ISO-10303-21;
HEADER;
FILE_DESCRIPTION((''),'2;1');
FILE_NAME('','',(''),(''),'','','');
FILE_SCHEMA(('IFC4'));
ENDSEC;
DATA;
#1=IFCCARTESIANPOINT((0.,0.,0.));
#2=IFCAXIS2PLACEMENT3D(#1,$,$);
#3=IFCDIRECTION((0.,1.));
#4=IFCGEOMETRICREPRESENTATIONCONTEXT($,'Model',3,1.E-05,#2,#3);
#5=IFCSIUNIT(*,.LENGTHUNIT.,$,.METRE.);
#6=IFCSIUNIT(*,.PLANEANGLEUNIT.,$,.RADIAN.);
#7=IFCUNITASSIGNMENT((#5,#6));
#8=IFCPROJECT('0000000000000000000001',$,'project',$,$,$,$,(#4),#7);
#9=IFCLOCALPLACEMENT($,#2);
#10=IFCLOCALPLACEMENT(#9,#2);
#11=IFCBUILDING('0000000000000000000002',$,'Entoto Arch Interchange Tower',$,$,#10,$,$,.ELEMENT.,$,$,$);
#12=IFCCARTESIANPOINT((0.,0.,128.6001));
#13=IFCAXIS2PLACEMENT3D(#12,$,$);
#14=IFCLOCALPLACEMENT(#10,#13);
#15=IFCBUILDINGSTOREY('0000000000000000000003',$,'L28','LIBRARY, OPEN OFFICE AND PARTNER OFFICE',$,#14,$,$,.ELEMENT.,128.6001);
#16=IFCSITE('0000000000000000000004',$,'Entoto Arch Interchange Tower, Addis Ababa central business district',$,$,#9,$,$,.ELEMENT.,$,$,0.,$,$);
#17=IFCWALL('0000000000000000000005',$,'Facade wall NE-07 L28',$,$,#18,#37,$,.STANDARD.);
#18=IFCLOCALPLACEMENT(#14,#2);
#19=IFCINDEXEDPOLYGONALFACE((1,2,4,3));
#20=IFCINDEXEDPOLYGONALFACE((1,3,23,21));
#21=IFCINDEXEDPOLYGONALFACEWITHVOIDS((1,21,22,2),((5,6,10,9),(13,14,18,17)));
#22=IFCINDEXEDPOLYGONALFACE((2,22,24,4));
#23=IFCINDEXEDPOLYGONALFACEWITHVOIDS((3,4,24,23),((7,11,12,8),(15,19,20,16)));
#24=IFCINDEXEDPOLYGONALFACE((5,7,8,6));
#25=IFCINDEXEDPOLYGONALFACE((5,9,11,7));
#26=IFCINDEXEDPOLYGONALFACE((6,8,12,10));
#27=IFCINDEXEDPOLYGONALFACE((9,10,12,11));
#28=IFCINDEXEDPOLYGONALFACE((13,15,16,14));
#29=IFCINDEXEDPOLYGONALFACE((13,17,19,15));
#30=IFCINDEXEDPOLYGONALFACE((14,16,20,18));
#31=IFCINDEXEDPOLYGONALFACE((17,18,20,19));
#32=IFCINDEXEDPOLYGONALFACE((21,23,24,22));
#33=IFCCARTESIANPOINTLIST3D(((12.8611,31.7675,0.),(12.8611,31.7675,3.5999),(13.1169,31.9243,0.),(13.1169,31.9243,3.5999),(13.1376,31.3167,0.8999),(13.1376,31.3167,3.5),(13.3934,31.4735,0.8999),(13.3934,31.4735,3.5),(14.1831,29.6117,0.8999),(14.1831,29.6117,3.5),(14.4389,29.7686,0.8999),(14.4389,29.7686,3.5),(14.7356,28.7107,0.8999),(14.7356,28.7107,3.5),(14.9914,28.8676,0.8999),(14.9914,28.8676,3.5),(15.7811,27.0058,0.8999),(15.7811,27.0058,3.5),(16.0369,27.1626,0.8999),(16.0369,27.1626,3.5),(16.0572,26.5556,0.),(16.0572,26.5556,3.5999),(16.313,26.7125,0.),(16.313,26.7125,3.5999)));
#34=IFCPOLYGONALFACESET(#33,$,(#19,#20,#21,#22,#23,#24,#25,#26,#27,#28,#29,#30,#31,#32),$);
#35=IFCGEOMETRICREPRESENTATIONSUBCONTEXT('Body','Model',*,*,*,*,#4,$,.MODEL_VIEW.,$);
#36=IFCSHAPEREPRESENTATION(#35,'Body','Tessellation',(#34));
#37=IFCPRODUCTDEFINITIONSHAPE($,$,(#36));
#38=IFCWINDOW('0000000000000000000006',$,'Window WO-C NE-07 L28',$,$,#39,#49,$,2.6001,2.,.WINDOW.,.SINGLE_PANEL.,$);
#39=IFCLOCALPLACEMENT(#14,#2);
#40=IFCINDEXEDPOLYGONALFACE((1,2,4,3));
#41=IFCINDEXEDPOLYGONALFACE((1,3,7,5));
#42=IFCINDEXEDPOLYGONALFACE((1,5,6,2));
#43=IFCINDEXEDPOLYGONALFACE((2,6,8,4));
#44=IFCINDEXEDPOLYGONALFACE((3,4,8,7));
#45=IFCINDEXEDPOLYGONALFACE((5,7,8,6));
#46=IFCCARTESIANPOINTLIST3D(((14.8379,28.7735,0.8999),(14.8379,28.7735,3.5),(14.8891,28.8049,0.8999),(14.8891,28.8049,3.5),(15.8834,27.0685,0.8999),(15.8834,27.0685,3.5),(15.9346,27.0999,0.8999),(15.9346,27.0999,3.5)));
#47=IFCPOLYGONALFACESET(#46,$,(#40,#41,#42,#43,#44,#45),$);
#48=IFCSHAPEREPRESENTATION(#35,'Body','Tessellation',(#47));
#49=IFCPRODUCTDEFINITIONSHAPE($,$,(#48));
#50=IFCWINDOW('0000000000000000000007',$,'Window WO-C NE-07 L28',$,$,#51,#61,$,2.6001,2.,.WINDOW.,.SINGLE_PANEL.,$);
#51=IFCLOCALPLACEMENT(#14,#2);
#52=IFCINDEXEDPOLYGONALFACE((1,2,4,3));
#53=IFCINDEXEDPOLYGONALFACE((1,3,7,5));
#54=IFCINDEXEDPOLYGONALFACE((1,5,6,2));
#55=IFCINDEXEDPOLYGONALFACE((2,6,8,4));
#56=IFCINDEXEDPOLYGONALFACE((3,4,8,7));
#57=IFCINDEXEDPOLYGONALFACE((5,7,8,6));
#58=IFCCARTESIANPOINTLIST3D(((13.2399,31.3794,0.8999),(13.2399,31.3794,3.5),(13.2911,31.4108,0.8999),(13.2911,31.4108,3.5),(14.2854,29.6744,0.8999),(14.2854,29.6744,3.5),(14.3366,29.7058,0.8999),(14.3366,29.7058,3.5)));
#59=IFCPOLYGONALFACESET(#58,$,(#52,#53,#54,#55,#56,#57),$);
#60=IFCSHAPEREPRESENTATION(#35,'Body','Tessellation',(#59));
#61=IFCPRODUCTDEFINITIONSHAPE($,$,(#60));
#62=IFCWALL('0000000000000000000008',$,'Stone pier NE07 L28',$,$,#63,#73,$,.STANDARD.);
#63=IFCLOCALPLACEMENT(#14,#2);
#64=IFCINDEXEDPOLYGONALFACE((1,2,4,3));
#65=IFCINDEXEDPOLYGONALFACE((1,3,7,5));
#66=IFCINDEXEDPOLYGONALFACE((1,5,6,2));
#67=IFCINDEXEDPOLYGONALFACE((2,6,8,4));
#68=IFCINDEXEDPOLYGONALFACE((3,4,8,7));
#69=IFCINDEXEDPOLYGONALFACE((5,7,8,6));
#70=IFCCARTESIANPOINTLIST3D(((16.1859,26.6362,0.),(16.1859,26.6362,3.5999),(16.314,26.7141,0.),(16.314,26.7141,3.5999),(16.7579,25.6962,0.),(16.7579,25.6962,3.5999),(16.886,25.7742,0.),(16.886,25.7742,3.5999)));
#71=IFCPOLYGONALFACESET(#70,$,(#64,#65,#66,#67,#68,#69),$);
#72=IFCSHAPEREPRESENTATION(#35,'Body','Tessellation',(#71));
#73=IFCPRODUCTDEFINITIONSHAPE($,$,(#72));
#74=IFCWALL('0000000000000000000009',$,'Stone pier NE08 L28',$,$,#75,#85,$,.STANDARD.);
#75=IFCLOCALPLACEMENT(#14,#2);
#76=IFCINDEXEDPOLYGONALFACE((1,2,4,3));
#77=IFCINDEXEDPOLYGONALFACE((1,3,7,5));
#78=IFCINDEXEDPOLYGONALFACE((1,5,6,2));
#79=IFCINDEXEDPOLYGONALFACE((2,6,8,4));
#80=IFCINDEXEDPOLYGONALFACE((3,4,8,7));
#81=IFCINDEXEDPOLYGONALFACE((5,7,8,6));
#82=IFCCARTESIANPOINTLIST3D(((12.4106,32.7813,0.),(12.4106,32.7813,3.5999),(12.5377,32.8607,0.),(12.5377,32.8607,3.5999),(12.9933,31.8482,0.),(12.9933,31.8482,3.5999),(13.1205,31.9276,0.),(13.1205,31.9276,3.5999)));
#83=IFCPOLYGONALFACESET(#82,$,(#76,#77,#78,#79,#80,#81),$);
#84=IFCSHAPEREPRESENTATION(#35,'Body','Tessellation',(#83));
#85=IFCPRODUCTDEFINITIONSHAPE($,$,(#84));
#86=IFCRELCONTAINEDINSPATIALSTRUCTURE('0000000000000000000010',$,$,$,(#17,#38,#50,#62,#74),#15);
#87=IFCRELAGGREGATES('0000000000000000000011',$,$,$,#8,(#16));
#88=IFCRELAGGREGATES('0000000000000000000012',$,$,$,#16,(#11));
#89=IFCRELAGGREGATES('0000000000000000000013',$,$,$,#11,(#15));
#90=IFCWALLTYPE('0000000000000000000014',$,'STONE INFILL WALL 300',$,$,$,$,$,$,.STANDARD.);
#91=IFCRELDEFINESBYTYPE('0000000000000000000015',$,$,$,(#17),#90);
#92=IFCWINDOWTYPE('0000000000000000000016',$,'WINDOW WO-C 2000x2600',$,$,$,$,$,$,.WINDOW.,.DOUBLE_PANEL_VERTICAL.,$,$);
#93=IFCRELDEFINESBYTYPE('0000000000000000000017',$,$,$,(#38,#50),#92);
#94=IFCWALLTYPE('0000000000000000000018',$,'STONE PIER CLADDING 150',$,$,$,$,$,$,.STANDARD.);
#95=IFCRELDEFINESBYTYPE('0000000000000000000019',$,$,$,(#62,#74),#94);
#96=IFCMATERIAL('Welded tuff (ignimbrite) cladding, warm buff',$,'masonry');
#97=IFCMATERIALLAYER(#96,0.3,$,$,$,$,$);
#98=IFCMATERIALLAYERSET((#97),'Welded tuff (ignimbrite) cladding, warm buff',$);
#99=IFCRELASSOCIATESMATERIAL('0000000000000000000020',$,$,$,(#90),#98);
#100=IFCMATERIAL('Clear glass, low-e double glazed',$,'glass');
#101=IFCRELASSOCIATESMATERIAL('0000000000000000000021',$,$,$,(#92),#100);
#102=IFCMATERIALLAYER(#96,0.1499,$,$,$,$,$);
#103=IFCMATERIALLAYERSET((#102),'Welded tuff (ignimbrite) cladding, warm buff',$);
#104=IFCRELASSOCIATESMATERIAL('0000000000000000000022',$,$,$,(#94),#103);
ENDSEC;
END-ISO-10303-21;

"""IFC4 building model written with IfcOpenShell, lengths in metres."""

from ifc_helpers import new_model, si_unit, direction, frame, frame_2d, origin, place, context, subcontext, project, spatial, rectangle, extrude, material, layer, layer_set, type_object, element, fill, save


model = new_model("IFC4")

# Units and contexts
model_context = context("Model", 3, precision=1e-05, world=origin(), true_north=direction((0.0, 1.0)))
body_context = subcontext(model_context, "Body", "Model", "MODEL_VIEW")
ifc_project = project(units=[si_unit("LENGTHUNIT", "METRE"), si_unit("PLANEANGLEUNIT", "RADIAN")], contexts=[model_context])

# Site, building, storey
site_placement = place(None, origin())
site = spatial("IfcSite", under=ifc_project, at=site_placement, Name="Entoto Arch Interchange Tower, Addis Ababa central business district", CompositionType="ELEMENT", RefElevation=0.0)
building_placement = place(site_placement, origin())
building = spatial("IfcBuilding", under=site, at=building_placement, Name="Entoto Arch Interchange Tower", CompositionType="ELEMENT")
storey_placement = place(building_placement, frame((0.0, 0.0, 128.6001)))
storey = spatial("IfcBuildingStorey", under=building, at=storey_placement, Name="L28", Description="LIBRARY, OPEN OFFICE AND PARTNER OFFICE", CompositionType="ELEMENT", Elevation=128.6001)

# Wall, openings, windows
ifc_material_1 = material(Name="Welded tuff (ignimbrite) cladding, warm buff", Category="masonry")
ifc_layer_1 = layer(ifc_material_1, 0.3)
ifc_layer_set_1 = layer_set([ifc_layer_1], Name="Welded tuff (ignimbrite) cladding, warm buff")
wall_type_1 = type_object("IfcWallType", Name="STONE INFILL WALL 300", PredefinedType="STANDARD", material=ifc_layer_set_1)
wall_1_placement = place(storey_placement, frame((16.1851, 26.634, 0.0), z_axis=(0.0, 0.0, 1.0), x_axis=(-0.522758, 0.852481, 0.0)))
wall_1 = element("IfcWall", 1, at=wall_1_placement, inside=storey, type_object=wall_type_1, Name="Facade wall NE-07 L28", PredefinedType="STANDARD", context=body_context, shape_type="SweptSolid", body=[
    extrude(rectangle(XDim=6.1138, YDim=0.3, at=frame_2d((3.0569, 0.0))), origin(), (0.0, 0.0, 1.0), 3.5999),
])
opening_1_placement = place(wall_1_placement, frame((0.5281, 0.0, 0.8999)))
opening_1 = element("IfcOpeningElement", 2, at=opening_1_placement, cuts=wall_1, PredefinedType="OPENING", context=body_context, shape_type="SweptSolid", body=[
    extrude(rectangle(XDim=2.0, YDim=2.6001, at=frame_2d((1.0, 1.3))), frame((0.0, 0.1602, 0.0), z_axis=(0.0, -1.0, 0.0), x_axis=(1.0, 0.0, 0.0)), (0.0, 0.0, 1.0), 0.3201),
])
opening_2_placement = place(wall_1_placement, frame((3.585, 0.0, 0.8999)))
opening_2 = element("IfcOpeningElement", 3, at=opening_2_placement, cuts=wall_1, PredefinedType="OPENING", context=body_context, shape_type="SweptSolid", body=[
    extrude(rectangle(XDim=2.0, YDim=2.6001, at=frame_2d((1.0, 1.3))), frame((0.0, 0.1602, 0.0), z_axis=(0.0, -1.0, 0.0), x_axis=(1.0, 0.0, 0.0)), (0.0, 0.0, 1.0), 0.3201),
])
ifc_material_2 = material(Name="Clear glass, low-e double glazed", Category="glass")
window_type = type_object("IfcWindowType", Name="WINDOW WO-C 2000x2600", PartitioningType="DOUBLE_PANEL_VERTICAL", PredefinedType="WINDOW", material=ifc_material_2)
window_1_placement = place(opening_1_placement, origin())
window_1 = element("IfcWindow", 4, at=window_1_placement, inside=storey, type_object=window_type, Name="Window WO-C NE-07 L28", OverallHeight=2.6001, OverallWidth=2.0, PartitioningType="SINGLE_PANEL", PredefinedType="WINDOW", context=body_context, shape_type="SweptSolid", body=[
    extrude(rectangle(XDim=2.0, YDim=2.6001, at=frame_2d((1.0, 1.3))), frame((0.0, 0.03, 0.0), z_axis=(0.0, -1.0, 0.0), x_axis=(1.0, 0.0, 0.0)), (0.0, 0.0, 1.0), 0.0601),
])
fill(opening_1, window_1)
window_2_placement = place(opening_2_placement, origin())
window_2 = element("IfcWindow", 5, at=window_2_placement, inside=storey, type_object=window_type, Name="Window WO-C NE-07 L28", OverallHeight=2.6001, OverallWidth=2.0, PartitioningType="SINGLE_PANEL", PredefinedType="WINDOW", context=body_context, shape_type="SweptSolid", body=[
    extrude(rectangle(XDim=2.0, YDim=2.6001, at=frame_2d((1.0, 1.3))), frame((0.0, 0.03, 0.0), z_axis=(0.0, -1.0, 0.0), x_axis=(1.0, 0.0, 0.0)), (0.0, 0.0, 1.0), 0.0601),
])
fill(opening_2, window_2)

# Walls
ifc_layer_2 = layer(ifc_material_1, 0.1499)
ifc_layer_set_2 = layer_set([ifc_layer_2], Name="Welded tuff (ignimbrite) cladding, warm buff")
wall_type_2 = type_object("IfcWallType", Name="STONE PIER CLADDING 150", PredefinedType="STANDARD", material=ifc_layer_set_2)
wall_2_placement = place(storey_placement, frame((16.822, 25.7351, 0.0), z_axis=(0.0, 0.0, 1.0), x_axis=(-0.51987, 0.854246, 0.0)))
element("IfcWall", 6, at=wall_2_placement, inside=storey, type_object=wall_type_2, Name="Stone pier NE07 L28", PredefinedType="STANDARD", context=body_context, shape_type="SweptSolid", body=[
    extrude(rectangle(XDim=1.1003, YDim=0.1499, at=frame_2d((0.5503, 0.0))), origin(), (0.0, 0.0, 1.0), 3.5999),
])
wall_3_placement = place(storey_placement, frame((13.0569, 31.8879, 0.0), z_axis=(0.0, 0.0, 1.0), x_axis=(-0.52972, 0.848173, 0.0)))
element("IfcWall", 7, at=wall_3_placement, inside=storey, type_object=wall_type_2, Name="Stone pier NE08 L28", PredefinedType="STANDARD", context=body_context, shape_type="SweptSolid", body=[
    extrude(rectangle(XDim=1.1001, YDim=0.1499, at=frame_2d((0.55, 0.0))), origin(), (0.0, 0.0, 1.0), 3.5999),
])

save(model, "model.ifc")
